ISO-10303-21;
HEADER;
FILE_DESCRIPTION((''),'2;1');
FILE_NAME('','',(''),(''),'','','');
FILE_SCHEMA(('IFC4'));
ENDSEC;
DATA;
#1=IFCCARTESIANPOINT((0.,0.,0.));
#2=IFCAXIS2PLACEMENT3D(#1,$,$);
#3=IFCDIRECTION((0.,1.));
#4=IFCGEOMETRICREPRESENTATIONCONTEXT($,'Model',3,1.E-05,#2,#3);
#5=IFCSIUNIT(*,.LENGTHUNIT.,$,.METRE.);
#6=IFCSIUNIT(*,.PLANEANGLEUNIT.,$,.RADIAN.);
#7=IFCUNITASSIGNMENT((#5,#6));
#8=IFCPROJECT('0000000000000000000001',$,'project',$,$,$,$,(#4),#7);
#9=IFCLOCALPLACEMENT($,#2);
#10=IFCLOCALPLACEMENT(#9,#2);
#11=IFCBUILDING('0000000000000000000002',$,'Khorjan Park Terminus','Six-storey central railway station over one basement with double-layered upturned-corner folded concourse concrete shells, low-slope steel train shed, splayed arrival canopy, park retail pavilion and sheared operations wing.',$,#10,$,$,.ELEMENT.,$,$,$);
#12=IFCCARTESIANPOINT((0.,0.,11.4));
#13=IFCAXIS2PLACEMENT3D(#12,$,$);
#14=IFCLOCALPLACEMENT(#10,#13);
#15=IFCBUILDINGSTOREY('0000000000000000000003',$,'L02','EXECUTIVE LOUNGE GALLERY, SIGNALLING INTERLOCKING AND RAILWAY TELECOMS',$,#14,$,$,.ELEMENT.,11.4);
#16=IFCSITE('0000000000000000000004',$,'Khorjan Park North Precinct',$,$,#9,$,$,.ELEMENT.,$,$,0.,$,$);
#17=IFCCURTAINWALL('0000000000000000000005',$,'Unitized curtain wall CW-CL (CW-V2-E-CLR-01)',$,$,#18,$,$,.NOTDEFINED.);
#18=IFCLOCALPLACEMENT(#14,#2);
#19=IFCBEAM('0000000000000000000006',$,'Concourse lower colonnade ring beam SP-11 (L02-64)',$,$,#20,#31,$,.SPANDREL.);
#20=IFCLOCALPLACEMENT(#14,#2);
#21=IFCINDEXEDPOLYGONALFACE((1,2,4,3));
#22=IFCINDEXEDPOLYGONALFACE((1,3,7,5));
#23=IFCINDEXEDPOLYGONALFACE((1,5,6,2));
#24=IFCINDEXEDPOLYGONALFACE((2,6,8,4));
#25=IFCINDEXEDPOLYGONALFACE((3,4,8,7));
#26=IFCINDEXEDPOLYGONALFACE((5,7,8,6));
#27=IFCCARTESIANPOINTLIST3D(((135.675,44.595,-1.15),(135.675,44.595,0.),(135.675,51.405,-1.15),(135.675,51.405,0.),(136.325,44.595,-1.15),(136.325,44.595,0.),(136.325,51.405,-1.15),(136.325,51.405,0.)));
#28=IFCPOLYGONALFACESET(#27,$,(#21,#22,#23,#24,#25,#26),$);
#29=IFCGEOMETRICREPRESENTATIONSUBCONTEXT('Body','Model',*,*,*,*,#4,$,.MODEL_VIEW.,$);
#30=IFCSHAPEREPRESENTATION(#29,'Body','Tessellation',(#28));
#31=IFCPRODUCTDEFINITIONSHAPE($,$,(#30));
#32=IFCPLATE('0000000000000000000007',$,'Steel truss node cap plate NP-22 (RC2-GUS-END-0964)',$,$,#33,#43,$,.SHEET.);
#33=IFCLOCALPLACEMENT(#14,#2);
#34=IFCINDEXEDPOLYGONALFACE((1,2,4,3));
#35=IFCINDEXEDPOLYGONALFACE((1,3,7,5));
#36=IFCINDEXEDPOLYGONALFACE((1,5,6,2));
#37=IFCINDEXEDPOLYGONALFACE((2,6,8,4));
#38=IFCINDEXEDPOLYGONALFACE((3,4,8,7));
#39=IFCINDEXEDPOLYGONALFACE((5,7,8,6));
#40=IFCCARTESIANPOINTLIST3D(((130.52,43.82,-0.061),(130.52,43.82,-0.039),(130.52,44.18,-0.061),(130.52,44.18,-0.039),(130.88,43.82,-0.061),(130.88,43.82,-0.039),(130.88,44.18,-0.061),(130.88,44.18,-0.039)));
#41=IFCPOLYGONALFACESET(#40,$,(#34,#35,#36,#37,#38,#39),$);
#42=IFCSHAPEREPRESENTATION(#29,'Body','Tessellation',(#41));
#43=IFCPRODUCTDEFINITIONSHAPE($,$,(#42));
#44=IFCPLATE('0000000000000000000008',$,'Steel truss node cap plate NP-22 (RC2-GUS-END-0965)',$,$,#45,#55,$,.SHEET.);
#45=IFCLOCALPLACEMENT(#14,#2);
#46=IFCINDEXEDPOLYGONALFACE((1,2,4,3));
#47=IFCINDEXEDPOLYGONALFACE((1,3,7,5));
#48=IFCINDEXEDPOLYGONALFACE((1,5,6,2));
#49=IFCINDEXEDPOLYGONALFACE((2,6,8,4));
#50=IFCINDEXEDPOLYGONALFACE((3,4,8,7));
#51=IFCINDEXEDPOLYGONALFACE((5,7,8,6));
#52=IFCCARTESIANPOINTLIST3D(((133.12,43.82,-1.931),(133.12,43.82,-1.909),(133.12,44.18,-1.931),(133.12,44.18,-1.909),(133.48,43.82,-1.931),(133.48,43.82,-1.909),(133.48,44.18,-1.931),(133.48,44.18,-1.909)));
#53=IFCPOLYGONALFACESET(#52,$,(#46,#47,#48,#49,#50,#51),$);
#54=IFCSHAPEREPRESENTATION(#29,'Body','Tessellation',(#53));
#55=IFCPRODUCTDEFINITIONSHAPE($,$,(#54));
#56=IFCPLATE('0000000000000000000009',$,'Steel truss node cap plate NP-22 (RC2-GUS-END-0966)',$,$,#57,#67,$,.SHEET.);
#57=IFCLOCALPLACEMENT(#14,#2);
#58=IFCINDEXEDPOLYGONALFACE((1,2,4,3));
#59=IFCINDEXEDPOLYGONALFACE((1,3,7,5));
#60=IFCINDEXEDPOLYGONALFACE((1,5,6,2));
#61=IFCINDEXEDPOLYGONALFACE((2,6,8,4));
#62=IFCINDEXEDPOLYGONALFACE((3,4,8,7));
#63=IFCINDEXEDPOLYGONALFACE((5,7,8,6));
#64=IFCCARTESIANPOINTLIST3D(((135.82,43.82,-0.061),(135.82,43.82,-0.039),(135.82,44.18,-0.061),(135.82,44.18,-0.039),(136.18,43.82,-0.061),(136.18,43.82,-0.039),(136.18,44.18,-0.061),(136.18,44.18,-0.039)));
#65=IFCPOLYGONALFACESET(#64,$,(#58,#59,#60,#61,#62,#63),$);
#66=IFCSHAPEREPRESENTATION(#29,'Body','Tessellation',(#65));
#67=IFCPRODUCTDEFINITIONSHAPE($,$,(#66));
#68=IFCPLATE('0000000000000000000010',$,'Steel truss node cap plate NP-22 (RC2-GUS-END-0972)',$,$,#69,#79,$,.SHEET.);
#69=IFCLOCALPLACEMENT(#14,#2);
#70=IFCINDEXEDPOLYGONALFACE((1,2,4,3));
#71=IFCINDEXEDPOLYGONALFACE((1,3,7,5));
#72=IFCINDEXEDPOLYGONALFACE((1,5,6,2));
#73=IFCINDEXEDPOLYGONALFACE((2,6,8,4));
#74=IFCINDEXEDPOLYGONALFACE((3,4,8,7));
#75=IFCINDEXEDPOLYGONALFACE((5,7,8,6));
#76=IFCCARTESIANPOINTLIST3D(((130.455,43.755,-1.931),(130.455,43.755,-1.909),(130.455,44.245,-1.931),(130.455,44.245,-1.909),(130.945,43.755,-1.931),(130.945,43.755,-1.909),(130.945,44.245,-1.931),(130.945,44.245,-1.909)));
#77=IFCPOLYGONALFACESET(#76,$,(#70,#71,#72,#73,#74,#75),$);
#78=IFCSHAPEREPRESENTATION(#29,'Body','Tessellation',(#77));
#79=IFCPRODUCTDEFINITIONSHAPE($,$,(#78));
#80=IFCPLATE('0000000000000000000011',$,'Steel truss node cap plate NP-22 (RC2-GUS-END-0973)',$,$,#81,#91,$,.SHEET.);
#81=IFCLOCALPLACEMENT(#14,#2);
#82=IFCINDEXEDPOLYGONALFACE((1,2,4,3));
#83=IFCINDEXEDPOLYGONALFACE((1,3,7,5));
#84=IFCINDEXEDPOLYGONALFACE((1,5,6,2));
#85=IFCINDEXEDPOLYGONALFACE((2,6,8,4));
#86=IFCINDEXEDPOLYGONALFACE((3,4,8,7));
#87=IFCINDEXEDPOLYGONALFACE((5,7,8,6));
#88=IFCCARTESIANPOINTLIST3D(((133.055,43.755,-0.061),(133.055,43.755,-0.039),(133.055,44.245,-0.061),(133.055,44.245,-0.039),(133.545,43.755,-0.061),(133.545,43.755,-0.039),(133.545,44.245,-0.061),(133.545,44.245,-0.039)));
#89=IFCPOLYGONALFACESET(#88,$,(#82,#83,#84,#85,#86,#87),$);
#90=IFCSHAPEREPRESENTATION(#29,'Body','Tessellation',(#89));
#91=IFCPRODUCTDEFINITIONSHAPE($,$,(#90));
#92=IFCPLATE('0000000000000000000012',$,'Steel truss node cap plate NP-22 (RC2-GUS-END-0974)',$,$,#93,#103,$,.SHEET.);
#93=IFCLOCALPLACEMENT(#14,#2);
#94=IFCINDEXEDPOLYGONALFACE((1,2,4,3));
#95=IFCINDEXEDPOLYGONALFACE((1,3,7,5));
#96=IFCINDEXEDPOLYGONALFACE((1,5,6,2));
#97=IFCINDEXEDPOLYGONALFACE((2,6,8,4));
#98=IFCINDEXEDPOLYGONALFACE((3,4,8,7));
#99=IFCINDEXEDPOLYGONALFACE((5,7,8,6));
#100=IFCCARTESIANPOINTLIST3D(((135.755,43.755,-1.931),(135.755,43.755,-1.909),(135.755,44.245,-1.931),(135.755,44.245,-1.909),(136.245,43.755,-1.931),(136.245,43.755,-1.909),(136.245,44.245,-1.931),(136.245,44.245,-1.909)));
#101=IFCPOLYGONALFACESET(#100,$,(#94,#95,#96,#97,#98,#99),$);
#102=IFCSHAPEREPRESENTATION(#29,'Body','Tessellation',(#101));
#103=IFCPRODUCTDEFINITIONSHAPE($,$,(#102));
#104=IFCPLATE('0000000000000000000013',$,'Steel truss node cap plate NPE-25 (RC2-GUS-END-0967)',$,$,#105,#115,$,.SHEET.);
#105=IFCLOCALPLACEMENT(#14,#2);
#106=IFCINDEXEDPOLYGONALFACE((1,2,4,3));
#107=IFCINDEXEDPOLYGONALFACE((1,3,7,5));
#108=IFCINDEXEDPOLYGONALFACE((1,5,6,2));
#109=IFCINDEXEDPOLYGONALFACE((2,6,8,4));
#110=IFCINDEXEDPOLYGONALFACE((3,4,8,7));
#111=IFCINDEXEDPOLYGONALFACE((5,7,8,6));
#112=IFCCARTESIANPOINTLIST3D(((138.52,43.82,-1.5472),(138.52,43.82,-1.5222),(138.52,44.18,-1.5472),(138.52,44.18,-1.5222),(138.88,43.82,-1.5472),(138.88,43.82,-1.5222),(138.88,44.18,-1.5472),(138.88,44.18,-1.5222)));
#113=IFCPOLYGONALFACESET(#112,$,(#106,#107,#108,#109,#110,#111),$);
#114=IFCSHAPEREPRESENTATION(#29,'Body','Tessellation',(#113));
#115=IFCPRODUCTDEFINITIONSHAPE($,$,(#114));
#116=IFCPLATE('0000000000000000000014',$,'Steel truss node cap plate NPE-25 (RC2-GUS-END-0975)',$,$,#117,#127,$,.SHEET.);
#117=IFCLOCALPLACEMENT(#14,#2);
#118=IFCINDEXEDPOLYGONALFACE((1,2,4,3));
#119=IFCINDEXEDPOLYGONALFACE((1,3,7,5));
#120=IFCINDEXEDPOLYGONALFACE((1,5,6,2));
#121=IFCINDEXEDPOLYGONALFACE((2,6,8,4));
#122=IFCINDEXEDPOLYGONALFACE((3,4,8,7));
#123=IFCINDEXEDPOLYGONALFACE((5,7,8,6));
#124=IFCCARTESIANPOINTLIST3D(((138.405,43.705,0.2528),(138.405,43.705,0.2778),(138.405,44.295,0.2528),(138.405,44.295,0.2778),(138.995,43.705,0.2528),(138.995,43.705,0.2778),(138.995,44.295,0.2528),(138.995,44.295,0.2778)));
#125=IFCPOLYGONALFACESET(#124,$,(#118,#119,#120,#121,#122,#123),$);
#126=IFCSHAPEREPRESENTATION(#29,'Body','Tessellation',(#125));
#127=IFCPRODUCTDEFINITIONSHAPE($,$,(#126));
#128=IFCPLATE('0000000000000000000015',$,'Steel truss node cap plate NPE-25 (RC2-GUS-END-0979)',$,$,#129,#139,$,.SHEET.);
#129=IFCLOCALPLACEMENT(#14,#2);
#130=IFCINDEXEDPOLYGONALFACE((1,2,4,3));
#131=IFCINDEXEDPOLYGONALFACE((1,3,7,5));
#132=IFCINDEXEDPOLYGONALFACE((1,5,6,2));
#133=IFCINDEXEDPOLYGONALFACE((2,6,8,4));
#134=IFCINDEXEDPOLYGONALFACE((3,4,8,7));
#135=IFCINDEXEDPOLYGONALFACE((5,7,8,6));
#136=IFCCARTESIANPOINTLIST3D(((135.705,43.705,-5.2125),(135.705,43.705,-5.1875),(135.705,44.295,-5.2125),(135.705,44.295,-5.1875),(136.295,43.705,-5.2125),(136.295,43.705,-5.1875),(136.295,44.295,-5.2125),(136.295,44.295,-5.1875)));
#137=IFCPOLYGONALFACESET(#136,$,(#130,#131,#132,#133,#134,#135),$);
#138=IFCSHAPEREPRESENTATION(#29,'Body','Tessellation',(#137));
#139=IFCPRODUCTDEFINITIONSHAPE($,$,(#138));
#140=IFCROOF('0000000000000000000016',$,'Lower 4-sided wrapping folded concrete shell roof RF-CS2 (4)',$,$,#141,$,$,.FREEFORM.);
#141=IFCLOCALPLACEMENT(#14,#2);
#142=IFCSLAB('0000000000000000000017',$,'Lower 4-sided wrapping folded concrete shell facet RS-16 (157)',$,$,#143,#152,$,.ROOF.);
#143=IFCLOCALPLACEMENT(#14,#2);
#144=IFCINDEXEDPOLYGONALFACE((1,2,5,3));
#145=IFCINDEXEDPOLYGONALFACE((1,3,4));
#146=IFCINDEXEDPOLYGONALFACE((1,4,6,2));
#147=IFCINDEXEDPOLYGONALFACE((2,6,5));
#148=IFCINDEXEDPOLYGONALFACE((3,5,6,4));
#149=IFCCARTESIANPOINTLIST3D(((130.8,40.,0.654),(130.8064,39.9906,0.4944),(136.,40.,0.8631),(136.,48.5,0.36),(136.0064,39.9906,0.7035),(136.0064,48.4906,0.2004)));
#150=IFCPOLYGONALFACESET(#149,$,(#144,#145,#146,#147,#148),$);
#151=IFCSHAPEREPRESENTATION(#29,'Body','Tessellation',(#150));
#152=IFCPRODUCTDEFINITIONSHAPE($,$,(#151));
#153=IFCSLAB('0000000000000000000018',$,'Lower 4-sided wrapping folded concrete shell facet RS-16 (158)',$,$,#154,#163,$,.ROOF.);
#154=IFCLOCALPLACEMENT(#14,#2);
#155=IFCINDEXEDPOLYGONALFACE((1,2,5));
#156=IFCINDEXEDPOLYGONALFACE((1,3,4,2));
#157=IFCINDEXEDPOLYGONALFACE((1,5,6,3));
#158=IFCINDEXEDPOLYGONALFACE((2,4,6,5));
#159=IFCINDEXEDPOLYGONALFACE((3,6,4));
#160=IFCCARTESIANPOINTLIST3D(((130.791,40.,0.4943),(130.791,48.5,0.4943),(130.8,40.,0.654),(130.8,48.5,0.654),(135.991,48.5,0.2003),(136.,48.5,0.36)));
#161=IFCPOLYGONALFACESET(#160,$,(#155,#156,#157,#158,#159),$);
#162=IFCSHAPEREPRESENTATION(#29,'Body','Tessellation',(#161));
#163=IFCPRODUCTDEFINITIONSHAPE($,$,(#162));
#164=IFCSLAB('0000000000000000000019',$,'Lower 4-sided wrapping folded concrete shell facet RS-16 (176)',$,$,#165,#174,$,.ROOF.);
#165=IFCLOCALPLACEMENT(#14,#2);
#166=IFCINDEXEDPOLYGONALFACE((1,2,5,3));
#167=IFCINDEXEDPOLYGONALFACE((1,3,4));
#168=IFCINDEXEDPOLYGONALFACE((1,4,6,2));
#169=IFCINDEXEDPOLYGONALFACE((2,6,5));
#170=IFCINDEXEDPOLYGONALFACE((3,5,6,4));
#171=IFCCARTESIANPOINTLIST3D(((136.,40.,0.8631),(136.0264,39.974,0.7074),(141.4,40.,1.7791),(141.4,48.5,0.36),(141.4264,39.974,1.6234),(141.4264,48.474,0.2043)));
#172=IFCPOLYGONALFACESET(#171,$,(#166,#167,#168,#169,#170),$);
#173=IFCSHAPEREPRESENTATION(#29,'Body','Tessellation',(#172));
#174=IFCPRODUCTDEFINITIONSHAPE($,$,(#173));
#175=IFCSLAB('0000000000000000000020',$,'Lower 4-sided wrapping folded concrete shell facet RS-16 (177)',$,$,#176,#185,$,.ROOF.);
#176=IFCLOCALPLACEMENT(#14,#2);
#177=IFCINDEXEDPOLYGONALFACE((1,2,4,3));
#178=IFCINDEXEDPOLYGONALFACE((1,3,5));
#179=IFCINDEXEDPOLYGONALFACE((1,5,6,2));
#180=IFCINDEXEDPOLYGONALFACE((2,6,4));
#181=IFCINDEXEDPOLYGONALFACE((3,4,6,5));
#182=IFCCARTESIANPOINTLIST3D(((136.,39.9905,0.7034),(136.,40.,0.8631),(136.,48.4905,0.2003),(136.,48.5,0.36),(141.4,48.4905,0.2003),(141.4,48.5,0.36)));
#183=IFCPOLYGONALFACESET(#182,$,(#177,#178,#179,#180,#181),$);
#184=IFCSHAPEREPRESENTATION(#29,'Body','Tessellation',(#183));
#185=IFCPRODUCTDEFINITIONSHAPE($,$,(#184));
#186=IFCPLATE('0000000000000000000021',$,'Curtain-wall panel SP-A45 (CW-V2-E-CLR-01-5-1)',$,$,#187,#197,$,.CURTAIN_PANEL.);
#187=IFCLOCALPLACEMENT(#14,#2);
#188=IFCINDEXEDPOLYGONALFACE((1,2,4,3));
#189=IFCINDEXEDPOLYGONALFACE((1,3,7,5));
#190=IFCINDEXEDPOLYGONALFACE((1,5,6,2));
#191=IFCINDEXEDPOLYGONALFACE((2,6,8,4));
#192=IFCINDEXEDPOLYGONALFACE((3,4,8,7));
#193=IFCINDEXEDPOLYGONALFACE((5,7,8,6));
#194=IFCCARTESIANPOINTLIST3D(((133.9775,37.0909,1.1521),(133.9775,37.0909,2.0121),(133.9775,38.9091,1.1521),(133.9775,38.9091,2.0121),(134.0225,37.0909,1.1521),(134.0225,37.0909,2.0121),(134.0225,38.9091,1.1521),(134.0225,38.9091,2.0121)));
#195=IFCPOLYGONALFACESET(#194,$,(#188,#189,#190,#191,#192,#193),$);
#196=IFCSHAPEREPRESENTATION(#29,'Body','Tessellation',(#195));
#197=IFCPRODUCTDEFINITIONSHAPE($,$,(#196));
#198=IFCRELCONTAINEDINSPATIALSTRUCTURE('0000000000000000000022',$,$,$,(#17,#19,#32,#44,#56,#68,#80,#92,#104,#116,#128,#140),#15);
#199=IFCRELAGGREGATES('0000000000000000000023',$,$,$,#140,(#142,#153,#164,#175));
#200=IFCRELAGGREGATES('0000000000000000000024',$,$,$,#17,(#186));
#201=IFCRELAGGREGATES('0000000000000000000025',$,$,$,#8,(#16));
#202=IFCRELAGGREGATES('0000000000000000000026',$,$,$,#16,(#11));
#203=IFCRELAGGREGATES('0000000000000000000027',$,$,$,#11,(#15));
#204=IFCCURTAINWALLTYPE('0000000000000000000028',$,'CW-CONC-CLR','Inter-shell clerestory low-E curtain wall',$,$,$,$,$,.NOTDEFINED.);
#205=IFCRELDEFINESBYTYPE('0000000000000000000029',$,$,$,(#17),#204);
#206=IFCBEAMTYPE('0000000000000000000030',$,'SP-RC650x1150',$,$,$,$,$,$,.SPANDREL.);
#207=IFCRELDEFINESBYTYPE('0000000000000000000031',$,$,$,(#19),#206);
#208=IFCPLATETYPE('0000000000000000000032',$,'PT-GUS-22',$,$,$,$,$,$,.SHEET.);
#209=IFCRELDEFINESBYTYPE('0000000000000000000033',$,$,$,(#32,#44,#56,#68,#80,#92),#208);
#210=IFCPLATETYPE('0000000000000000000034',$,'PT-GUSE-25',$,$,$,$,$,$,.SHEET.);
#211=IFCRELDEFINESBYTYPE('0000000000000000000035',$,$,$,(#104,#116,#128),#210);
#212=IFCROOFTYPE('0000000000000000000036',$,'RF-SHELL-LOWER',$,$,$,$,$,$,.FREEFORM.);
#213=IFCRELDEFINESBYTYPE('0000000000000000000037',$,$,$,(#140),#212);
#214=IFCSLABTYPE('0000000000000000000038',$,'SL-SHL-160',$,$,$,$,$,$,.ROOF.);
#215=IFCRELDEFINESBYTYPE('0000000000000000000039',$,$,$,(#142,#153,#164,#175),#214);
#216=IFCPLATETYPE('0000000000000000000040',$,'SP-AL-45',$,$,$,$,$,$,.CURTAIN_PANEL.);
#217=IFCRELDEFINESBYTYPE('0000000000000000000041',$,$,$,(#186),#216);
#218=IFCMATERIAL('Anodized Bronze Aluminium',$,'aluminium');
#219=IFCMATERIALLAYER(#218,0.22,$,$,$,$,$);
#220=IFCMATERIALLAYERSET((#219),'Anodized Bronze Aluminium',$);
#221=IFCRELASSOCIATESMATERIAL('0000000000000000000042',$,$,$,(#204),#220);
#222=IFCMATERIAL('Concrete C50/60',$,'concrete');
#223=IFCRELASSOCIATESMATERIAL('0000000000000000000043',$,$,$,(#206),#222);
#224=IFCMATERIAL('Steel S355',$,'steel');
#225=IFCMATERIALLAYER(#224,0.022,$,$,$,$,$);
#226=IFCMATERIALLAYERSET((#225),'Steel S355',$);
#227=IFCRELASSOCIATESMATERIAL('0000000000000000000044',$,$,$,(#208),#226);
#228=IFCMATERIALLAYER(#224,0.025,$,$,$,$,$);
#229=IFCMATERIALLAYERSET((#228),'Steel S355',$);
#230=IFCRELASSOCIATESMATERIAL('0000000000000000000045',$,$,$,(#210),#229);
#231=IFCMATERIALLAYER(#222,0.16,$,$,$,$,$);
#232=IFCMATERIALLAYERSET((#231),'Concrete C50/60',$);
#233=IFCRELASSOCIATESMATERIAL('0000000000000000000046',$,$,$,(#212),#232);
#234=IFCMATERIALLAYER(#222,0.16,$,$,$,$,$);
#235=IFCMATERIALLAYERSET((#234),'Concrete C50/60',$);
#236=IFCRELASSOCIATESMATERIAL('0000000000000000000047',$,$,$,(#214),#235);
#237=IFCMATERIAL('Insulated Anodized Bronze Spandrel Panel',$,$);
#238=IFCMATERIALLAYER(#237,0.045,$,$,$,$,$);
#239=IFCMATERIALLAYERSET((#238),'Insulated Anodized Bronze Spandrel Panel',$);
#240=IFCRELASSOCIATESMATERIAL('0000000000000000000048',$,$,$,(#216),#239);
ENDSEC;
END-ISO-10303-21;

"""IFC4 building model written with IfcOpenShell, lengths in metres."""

from ifc_helpers import new_model, si_unit, direction, frame, origin, origin_2d, place, context, subcontext, project, spatial, polyline, rectangle, outline, extrude, material, layer, layer_set, material_profile, profile_set, type_object, element, aggregate, save


model = new_model("IFC4")

# Units and contexts
model_context = context("Model", 3, precision=1e-05, world=origin(), true_north=direction((0.0, 1.0)))
body_context = subcontext(model_context, "Body", "Model", "MODEL_VIEW")
ifc_project = project(units=[si_unit("LENGTHUNIT", "METRE"), si_unit("PLANEANGLEUNIT", "RADIAN")], contexts=[model_context])

# Site, building, storey
site_placement = place(None, origin())
site = spatial("IfcSite", under=ifc_project, at=site_placement, Name="Khorjan Park North Precinct", CompositionType="ELEMENT", RefElevation=0.0)
building_placement = place(site_placement, origin())
building = spatial("IfcBuilding", under=site, at=building_placement, Name="Khorjan Park Terminus", Description="Six-storey central railway station over one basement with double-layered upturned-corner folded concourse concrete shells, low-slope steel train shed, splayed arrival canopy, park retail pavilion and sheared operations wing.", CompositionType="ELEMENT")
storey_placement = place(building_placement, frame((0.0, 0.0, 11.4)))
storey = spatial("IfcBuildingStorey", under=building, at=storey_placement, Name="L02", Description="EXECUTIVE LOUNGE GALLERY, SIGNALLING INTERLOCKING AND RAILWAY TELECOMS", CompositionType="ELEMENT", Elevation=11.4)

# Shared definitions
ifc_material_1 = material(Name="Concrete C50/60", Category="concrete")

# Shared definitions
ifc_material_2 = material(Name="Steel S355", Category="steel")

# Curtain wall
ifc_material_3 = material(Name="Anodized Bronze Aluminium", Category="aluminium")
ifc_layer_1 = layer(ifc_material_3, 0.22)
ifc_layer_set_1 = layer_set([ifc_layer_1], Name="Anodized Bronze Aluminium")
curtain_wall_type = type_object("IfcCurtainWallType", Name="CW-CONC-CLR", Description="Inter-shell clerestory low-E curtain wall", PredefinedType="NOTDEFINED", material=ifc_layer_set_1)
curtain_wall_placement = place(storey_placement, origin())
curtain_wall = element("IfcCurtainWall", 1, at=curtain_wall_placement, inside=storey, type_object=curtain_wall_type, Name="Unitized curtain wall CW-CL (CW-V2-E-CLR-01)", PredefinedType="NOTDEFINED")

# Beam
ifc_material_profile_1 = material_profile(ifc_material_1, rectangle(XDim=0.65, YDim=1.15, at=origin_2d()), Name="RC 650x1150")
ifc_profile_set_1 = profile_set([ifc_material_profile_1], Name="Concrete C50/60")
beam_type_1 = type_object("IfcBeamType", Name="SP-RC650x1150", PredefinedType="SPANDREL", material=ifc_profile_set_1)
beam_1_placement = place(storey_placement, frame((136.0, 44.595, -0.575), z_axis=(0.0, 1.0, 0.0), x_axis=(-1.0, 0.0, 0.0)))
element("IfcBeam", 2, at=beam_1_placement, inside=storey, type_object=beam_type_1, Name="Concourse lower colonnade ring beam SP-11 (L02-64)", PredefinedType="SPANDREL", context=body_context, shape_type="SweptSolid", body=[
    extrude(rectangle(XDim=0.65, YDim=1.15, at=origin_2d()), origin(), (0.0, 0.0, 1.0), 6.81),
])

# Plates
ifc_layer_2 = layer(ifc_material_2, 0.022)
ifc_layer_set_2 = layer_set([ifc_layer_2], Name="Steel S355")
plate_type_1 = type_object("IfcPlateType", Name="PT-GUS-22", PredefinedType="SHEET", material=ifc_layer_set_2)
for number, where, z_axis, x_axis, name in (
    (3, (130.7, 44.0, -0.061), (0.0, 0.0, 1.0), (1.0, 0.0, 0.0), "Steel truss node cap plate NP-22 (RC2-GUS-END-0964)"),
    (4, (133.3, 44.0, -1.931), (0.0, 0.0, 1.0), (1.0, 0.0, 0.0), "Steel truss node cap plate NP-22 (RC2-GUS-END-0965)"),
    (5, (136.0, 44.0, -0.061), (0.0, 0.0, 1.0), (1.0, 0.0, 0.0), "Steel truss node cap plate NP-22 (RC2-GUS-END-0966)"),
):
    element("IfcPlate", number, at=place(storey_placement, frame(where, z_axis=z_axis, x_axis=x_axis)), inside=storey, type_object=plate_type_1, Name=name, PredefinedType="SHEET", context=body_context, shape_type="SweptSolid", body=[
        extrude(rectangle(XDim=0.36, YDim=0.36, at=origin_2d()), origin(), (0.0, 0.0, 1.0), 0.022),
    ])
for number, where, z_axis, x_axis, name in (
    (6, (130.7, 44.0, -1.931), (0.0, 0.0, 1.0), (1.0, 0.0, 0.0), "Steel truss node cap plate NP-22 (RC2-GUS-END-0972)"),
    (7, (133.3, 44.0, -0.061), (0.0, 0.0, 1.0), (1.0, 0.0, 0.0), "Steel truss node cap plate NP-22 (RC2-GUS-END-0973)"),
    (8, (136.0, 44.0, -1.931), (0.0, 0.0, 1.0), (1.0, 0.0, 0.0), "Steel truss node cap plate NP-22 (RC2-GUS-END-0974)"),
):
    element("IfcPlate", number, at=place(storey_placement, frame(where, z_axis=z_axis, x_axis=x_axis)), inside=storey, type_object=plate_type_1, Name=name, PredefinedType="SHEET", context=body_context, shape_type="SweptSolid", body=[
        extrude(rectangle(XDim=0.49, YDim=0.49, at=origin_2d()), origin(), (0.0, 0.0, 1.0), 0.022),
    ])
ifc_layer_3 = layer(ifc_material_2, 0.025)
ifc_layer_set_3 = layer_set([ifc_layer_3], Name="Steel S355")
plate_type_2 = type_object("IfcPlateType", Name="PT-GUSE-25", PredefinedType="SHEET", material=ifc_layer_set_3)
plate_1_placement = place(storey_placement, frame((138.7, 44.0, -1.5472), z_axis=(0.0, 0.0, 1.0), x_axis=(1.0, 0.0, 0.0)))
element("IfcPlate", 9, at=plate_1_placement, inside=storey, type_object=plate_type_2, Name="Steel truss node cap plate NPE-25 (RC2-GUS-END-0967)", PredefinedType="SHEET", context=body_context, shape_type="SweptSolid", body=[
    extrude(rectangle(XDim=0.36, YDim=0.36, at=origin_2d()), origin(), (0.0, 0.0, 1.0), 0.025),
])
for number, where, z_axis, x_axis, name in (
    (10, (138.7, 44.0, 0.2528), (0.0, 0.0, 1.0), (1.0, 0.0, 0.0), "Steel truss node cap plate NPE-25 (RC2-GUS-END-0975)"),
    (11, (136.0, 44.0, -5.2125), (0.0, 0.0, 1.0), (1.0, 0.0, 0.0), "Steel truss node cap plate NPE-25 (RC2-GUS-END-0979)"),
):
    element("IfcPlate", number, at=place(storey_placement, frame(where, z_axis=z_axis, x_axis=x_axis)), inside=storey, type_object=plate_type_2, Name=name, PredefinedType="SHEET", context=body_context, shape_type="SweptSolid", body=[
        extrude(rectangle(XDim=0.59, YDim=0.59, at=origin_2d()), origin(), (0.0, 0.0, 1.0), 0.025),
    ])

# Roof, slabs
ifc_layer_4 = layer(ifc_material_1, 0.16)
ifc_layer_set_4 = layer_set([ifc_layer_4], Name="Concrete C50/60")
roof_type = type_object("IfcRoofType", Name="RF-SHELL-LOWER", PredefinedType="FREEFORM", material=ifc_layer_set_4)
roof_placement = place(storey_placement, origin())
roof = element("IfcRoof", 12, at=roof_placement, inside=storey, type_object=roof_type, Name="Lower 4-sided wrapping folded concrete shell roof RF-CS2 (4)", PredefinedType="FREEFORM")
ifc_layer_5 = layer(ifc_material_1, 0.16)
ifc_layer_set_5 = layer_set([ifc_layer_5], Name="Concrete C50/60")
slab_type = type_object("IfcSlabType", Name="SL-SHL-160", PredefinedType="ROOF", material=ifc_layer_set_5)
slab_1_placement = place(storey_placement, frame((130.8, 40.0, 0.654), z_axis=(-0.040109, 0.059037, 0.99745), x_axis=(0.999192, 0.0, 0.040179)))
slab_1 = element("IfcSlab", 13, at=slab_1_placement, type_object=slab_type, Name="Lower 4-sided wrapping folded concrete shell facet RS-16 (157)", PredefinedType="ROOF", context=body_context, shape_type="SweptSolid", body=[
    extrude(outline(polyline([(0.0, 0.0), (5.2042, 0.0), (5.184, 8.5149), (0.0, 0.0)])), origin(), (0.0, 0.0, -1.0), 0.16),
])
slab_2_placement = place(storey_placement, frame((130.8, 40.0, 0.654), z_axis=(0.056448, 0.0, 0.998406), x_axis=(0.521629, 0.852663, -0.029492)))
slab_2 = element("IfcSlab", 14, at=slab_2_placement, type_object=slab_type, Name="Lower 4-sided wrapping folded concrete shell facet RS-16 (158)", PredefinedType="ROOF", context=body_context, shape_type="SweptSolid", body=[
    extrude(outline(polyline([(0.0, 0.0), (9.9688, 0.0), (7.2476, 4.4409), (0.0, 0.0)])), origin(), (0.0, 0.0, -1.0), 0.16),
])
slab_3_placement = place(storey_placement, frame((136.0, 40.0, 0.8631), z_axis=(-0.16502, 0.162416, 0.972825), x_axis=(0.985916, 0.0, 0.167241)))
slab_3 = element("IfcSlab", 15, at=slab_3_placement, type_object=slab_type, Name="Lower 4-sided wrapping folded concrete shell facet RS-16 (176)", PredefinedType="ROOF", context=body_context, shape_type="SweptSolid", body=[
    extrude(outline(polyline([(0.0, 0.0), (5.4771, 0.0), (5.2398, 8.6144), (0.0, 0.0)])), origin(), (0.0, 0.0, -1.0), 0.16),
])
slab_4_placement = place(storey_placement, frame((136.0, 40.0, 0.8631), z_axis=(0.0, 0.059085, 0.998253), x_axis=(0.535565, 0.843019, -0.049897)))
slab_4 = element("IfcSlab", 16, at=slab_4_placement, type_object=slab_type, Name="Lower 4-sided wrapping folded concrete shell facet RS-16 (177)", PredefinedType="ROOF", context=body_context, shape_type="SweptSolid", body=[
    extrude(outline(polyline([(0.0, 0.0), (10.0828, 0.0), (7.1908, 4.5603), (0.0, 0.0)])), origin(), (0.0, 0.0, -1.0), 0.16),
])
aggregate(roof, [slab_1, slab_2, slab_3, slab_4])

# Plate
ifc_material_4 = material(Name="Insulated Anodized Bronze Spandrel Panel")
ifc_layer_6 = layer(ifc_material_4, 0.045)
ifc_layer_set_6 = layer_set([ifc_layer_6], Name="Insulated Anodized Bronze Spandrel Panel")
plate_type_3 = type_object("IfcPlateType", Name="SP-AL-45", PredefinedType="CURTAIN_PANEL", material=ifc_layer_set_6)
plate_2_placement = place(storey_placement, frame((134.0, 38.0, 1.1521), z_axis=(0.0, 0.0, 1.0), x_axis=(0.0, 1.0, 0.0)))
plate_2 = element("IfcPlate", 17, at=plate_2_placement, type_object=plate_type_3, Name="Curtain-wall panel SP-A45 (CW-V2-E-CLR-01-5-1)", PredefinedType="CURTAIN_PANEL", context=body_context, shape_type="SweptSolid", body=[
    extrude(rectangle(XDim=1.8182, YDim=0.045, at=origin_2d()), origin(), (0.0, 0.0, 1.0), 0.86),
])
aggregate(curtain_wall, [plate_2])

save(model, "model.ifc")
